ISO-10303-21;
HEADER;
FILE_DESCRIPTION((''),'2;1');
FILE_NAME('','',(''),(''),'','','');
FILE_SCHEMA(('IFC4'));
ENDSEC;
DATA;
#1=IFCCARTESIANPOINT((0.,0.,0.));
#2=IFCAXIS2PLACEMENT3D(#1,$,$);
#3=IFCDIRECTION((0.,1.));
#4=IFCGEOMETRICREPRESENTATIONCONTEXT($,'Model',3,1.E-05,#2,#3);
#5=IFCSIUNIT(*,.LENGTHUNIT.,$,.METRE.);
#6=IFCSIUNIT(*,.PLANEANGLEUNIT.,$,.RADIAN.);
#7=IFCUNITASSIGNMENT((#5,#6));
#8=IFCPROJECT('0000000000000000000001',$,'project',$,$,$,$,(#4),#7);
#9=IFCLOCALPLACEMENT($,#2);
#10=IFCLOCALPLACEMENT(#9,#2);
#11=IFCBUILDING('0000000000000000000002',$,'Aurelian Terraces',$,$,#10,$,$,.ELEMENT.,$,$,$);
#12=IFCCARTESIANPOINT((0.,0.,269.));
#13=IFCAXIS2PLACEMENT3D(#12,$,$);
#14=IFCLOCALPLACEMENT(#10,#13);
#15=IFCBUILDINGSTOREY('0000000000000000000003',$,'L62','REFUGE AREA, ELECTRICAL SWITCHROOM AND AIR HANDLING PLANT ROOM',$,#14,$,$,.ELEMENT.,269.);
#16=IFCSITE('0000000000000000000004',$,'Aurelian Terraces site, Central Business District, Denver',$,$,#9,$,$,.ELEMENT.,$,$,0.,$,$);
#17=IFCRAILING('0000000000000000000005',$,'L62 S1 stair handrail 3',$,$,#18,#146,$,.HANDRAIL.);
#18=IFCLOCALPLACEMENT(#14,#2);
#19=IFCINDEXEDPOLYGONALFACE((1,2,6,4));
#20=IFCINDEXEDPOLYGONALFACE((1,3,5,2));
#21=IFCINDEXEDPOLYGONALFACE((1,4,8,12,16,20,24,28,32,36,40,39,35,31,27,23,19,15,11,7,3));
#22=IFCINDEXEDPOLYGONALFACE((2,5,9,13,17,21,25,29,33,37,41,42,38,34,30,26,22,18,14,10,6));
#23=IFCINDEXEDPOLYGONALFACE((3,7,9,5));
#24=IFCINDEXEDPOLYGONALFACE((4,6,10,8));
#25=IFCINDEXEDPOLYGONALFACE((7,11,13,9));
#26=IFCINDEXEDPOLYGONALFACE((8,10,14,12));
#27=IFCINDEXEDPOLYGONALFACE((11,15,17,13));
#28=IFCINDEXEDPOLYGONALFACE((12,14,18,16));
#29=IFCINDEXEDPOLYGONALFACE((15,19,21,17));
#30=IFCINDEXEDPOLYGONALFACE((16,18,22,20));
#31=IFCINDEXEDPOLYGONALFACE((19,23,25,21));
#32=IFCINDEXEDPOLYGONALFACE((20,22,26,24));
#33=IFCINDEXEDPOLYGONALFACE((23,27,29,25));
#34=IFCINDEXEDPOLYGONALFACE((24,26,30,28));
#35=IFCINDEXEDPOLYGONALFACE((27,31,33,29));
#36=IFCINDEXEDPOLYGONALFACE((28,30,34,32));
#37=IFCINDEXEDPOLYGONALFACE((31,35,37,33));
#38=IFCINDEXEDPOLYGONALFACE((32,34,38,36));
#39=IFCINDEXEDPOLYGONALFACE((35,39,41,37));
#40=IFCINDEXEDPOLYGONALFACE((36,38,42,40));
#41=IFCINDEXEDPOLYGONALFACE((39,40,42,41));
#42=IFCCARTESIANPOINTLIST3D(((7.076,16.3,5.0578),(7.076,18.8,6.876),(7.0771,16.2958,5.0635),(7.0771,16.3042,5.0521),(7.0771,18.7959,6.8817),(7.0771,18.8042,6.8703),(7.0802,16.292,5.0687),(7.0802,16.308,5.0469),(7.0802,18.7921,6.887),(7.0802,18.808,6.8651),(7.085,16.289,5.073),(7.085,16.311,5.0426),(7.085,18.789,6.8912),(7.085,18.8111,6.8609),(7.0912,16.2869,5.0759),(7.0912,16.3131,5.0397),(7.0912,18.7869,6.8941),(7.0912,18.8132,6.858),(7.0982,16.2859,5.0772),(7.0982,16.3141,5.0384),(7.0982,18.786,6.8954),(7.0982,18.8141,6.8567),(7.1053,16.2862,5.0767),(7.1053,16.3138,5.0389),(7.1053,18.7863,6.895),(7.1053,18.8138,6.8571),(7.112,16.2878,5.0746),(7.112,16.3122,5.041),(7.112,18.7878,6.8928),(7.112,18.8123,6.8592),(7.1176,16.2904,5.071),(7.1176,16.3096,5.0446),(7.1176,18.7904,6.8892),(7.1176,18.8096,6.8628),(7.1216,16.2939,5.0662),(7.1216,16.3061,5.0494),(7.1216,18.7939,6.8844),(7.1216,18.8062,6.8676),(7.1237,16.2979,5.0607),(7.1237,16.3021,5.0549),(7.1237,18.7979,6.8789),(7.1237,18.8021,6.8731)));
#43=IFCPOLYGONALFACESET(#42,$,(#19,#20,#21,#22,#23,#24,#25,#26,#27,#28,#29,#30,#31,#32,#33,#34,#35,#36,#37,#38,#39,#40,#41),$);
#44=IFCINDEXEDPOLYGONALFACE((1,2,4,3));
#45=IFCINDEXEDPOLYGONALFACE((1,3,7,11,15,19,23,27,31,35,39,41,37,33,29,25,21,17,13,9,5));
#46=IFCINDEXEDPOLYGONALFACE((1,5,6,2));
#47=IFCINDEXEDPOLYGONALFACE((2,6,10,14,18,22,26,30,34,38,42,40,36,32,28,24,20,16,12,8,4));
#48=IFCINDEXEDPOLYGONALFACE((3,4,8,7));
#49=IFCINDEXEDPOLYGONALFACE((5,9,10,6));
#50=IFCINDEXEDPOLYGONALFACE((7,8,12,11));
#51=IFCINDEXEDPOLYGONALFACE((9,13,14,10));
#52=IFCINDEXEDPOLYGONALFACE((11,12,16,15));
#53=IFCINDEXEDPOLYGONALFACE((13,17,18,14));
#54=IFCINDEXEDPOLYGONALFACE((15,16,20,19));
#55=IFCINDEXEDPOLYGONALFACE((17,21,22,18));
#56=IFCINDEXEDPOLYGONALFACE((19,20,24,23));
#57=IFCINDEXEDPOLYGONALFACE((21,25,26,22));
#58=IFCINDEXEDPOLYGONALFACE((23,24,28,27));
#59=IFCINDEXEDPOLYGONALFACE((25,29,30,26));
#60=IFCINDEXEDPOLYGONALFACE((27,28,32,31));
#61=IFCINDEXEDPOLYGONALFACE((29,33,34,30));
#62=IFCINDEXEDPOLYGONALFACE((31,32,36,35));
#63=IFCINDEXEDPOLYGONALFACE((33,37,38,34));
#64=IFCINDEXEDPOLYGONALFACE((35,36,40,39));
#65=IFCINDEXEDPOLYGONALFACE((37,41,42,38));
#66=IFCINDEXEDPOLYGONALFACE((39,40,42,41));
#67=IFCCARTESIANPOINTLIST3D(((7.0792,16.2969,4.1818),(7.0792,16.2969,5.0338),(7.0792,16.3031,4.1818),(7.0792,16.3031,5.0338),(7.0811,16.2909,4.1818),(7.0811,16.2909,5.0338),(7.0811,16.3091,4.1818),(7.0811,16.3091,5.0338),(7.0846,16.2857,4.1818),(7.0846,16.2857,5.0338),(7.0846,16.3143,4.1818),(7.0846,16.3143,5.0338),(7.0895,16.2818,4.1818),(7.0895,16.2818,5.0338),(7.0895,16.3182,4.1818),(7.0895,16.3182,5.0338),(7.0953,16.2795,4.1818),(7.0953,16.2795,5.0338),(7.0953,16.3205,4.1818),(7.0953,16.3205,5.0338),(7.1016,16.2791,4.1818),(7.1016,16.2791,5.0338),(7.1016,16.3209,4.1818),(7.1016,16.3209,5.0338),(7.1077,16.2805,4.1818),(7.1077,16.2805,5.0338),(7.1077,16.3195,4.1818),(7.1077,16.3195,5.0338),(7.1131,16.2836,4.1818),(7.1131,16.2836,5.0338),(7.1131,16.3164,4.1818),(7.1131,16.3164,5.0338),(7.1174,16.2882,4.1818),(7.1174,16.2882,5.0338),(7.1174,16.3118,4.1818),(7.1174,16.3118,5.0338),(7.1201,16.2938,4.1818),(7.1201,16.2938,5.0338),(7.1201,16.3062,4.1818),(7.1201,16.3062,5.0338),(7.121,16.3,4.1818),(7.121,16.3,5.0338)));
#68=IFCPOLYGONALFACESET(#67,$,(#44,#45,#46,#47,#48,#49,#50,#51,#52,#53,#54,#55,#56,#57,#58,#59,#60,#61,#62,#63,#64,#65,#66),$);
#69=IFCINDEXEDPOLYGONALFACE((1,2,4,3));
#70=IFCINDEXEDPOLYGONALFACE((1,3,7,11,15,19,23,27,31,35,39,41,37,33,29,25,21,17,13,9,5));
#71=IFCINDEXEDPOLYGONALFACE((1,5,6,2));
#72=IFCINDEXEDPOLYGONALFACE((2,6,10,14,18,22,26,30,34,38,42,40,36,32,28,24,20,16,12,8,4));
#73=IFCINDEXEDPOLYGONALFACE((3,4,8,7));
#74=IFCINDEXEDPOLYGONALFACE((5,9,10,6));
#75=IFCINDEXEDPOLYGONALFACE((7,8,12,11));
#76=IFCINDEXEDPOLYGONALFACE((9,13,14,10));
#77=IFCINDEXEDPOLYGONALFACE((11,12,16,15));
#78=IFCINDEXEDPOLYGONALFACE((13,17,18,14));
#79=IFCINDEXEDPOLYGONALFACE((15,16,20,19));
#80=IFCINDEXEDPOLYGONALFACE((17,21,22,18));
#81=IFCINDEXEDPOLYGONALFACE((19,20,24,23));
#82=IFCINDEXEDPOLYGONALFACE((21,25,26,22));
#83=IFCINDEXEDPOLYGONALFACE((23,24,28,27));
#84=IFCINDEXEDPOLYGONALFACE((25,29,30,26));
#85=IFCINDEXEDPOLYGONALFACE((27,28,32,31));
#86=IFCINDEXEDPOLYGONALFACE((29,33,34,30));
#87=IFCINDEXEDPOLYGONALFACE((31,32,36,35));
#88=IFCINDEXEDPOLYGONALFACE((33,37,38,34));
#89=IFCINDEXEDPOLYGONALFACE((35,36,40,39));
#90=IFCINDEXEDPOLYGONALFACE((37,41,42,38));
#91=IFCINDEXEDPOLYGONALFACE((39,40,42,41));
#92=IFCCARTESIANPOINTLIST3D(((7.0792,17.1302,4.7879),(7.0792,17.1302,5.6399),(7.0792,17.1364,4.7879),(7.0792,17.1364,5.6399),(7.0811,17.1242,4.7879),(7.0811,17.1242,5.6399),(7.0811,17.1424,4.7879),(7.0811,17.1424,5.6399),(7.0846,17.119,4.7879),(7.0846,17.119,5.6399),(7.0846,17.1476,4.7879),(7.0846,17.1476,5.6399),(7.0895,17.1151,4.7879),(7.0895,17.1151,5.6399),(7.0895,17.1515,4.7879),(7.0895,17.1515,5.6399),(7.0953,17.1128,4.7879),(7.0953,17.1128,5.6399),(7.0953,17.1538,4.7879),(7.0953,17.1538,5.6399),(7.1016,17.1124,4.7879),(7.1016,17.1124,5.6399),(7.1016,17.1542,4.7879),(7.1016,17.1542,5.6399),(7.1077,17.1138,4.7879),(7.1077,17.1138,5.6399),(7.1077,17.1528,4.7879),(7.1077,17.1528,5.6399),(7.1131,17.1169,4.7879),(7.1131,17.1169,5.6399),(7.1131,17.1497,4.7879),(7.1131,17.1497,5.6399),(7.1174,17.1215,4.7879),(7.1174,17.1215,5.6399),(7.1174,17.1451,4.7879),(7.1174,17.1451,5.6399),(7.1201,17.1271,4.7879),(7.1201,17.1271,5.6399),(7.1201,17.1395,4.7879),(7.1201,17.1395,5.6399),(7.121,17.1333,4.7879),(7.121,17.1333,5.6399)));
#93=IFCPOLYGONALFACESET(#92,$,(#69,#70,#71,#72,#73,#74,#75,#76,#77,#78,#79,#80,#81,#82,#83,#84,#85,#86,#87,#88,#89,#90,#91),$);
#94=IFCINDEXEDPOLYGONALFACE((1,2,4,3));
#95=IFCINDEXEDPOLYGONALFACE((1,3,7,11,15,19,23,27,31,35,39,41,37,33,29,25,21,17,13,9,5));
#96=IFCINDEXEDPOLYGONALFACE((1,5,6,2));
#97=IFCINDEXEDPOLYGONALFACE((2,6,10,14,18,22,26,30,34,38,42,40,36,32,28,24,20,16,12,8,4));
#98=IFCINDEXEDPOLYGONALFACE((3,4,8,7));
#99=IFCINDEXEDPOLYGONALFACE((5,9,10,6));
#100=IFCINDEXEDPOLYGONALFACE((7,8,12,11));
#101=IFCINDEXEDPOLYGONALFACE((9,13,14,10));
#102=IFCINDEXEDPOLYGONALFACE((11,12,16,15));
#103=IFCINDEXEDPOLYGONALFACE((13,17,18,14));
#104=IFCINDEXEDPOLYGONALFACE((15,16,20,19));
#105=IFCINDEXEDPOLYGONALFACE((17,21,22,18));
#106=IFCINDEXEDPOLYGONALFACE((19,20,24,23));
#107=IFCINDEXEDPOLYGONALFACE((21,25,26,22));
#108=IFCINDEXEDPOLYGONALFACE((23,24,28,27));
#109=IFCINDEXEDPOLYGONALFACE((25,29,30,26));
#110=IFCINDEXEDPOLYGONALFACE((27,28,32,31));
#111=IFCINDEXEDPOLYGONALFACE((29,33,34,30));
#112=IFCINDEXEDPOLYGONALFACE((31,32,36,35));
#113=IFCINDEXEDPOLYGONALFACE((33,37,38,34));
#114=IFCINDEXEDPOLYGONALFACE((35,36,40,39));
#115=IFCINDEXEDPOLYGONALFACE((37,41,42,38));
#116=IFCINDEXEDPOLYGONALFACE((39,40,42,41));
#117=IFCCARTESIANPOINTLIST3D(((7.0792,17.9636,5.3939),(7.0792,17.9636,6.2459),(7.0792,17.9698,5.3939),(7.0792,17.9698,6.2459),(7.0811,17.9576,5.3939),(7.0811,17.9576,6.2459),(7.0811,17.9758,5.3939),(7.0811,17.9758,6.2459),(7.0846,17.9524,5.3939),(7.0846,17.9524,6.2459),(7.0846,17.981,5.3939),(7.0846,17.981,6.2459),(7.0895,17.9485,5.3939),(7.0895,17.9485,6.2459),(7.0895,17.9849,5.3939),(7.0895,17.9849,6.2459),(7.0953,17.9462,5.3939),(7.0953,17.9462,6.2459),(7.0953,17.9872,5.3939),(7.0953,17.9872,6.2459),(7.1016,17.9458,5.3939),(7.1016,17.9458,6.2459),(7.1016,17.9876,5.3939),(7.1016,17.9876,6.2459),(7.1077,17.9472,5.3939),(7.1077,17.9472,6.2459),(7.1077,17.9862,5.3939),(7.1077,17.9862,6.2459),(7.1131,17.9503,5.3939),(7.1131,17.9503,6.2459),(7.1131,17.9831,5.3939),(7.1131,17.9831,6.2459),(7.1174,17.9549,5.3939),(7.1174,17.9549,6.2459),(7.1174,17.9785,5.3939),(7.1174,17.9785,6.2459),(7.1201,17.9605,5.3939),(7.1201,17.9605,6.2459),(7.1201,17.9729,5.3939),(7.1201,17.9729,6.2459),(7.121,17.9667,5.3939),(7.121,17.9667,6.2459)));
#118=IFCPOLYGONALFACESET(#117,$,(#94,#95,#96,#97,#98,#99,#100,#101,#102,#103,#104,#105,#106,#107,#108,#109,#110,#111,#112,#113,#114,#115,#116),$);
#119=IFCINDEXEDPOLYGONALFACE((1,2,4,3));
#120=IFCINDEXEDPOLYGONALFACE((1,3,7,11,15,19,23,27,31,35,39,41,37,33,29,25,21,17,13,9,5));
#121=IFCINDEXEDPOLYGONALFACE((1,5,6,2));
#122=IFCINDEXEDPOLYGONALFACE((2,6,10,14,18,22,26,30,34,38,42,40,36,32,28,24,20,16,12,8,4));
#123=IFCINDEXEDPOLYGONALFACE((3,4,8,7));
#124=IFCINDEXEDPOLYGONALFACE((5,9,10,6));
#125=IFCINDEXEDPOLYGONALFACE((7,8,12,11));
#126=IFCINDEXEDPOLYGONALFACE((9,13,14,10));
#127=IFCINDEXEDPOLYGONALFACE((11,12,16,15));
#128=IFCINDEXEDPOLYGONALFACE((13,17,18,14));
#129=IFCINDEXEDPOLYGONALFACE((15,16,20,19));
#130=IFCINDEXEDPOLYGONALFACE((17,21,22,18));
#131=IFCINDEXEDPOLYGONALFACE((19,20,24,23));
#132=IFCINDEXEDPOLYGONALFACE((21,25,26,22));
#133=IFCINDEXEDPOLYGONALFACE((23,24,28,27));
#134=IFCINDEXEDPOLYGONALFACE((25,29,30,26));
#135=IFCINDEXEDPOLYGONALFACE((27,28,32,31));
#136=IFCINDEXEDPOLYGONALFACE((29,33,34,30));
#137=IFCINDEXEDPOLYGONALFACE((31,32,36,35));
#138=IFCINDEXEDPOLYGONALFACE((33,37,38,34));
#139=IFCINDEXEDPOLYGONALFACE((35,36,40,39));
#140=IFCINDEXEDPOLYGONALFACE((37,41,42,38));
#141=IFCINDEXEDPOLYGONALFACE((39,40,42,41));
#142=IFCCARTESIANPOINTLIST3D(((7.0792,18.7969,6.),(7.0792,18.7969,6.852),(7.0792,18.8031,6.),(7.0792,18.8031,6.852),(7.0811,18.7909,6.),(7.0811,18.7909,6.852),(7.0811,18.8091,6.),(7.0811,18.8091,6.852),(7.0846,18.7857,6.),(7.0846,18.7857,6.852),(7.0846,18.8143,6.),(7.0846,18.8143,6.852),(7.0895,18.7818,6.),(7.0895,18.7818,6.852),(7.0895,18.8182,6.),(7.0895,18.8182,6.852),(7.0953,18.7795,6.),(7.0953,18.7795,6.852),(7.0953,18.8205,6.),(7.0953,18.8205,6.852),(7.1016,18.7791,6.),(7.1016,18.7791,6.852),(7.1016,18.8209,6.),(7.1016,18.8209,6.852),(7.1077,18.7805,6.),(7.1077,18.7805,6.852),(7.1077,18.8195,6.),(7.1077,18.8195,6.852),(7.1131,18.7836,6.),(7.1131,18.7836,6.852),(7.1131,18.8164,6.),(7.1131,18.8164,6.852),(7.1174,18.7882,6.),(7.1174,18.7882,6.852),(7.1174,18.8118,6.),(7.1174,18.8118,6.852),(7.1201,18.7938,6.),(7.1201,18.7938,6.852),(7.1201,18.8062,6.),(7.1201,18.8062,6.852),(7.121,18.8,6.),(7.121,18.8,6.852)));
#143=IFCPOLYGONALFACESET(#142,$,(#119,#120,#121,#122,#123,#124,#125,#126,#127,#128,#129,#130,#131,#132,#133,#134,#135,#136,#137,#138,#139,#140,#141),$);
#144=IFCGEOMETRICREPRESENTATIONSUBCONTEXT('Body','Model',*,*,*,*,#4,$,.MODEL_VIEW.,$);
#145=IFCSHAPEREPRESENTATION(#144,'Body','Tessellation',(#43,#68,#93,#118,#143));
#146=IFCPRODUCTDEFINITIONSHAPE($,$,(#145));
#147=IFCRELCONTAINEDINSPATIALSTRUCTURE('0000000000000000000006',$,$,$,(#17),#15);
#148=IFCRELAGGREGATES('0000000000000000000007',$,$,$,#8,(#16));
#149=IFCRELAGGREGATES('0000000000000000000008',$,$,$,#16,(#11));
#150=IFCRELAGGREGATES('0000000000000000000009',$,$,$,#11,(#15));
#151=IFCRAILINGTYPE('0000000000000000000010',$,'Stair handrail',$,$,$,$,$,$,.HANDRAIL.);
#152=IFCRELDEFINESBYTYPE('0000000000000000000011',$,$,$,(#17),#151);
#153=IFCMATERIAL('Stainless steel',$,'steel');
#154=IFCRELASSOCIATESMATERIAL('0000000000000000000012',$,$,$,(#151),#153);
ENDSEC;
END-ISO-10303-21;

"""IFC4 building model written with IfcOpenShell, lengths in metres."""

from ifc_helpers import new_model, si_unit, direction, frame, origin, origin_2d, place, context, subcontext, project, spatial, circle, extrude, source, transform, mapped, material, type_object, element, save


model = new_model("IFC4")

# Units and contexts
model_context = context("Model", 3, precision=1e-05, world=origin(), true_north=direction((0.0, 1.0)))
body_context = subcontext(model_context, "Body", "Model", "MODEL_VIEW")
ifc_project = project(units=[si_unit("LENGTHUNIT", "METRE"), si_unit("PLANEANGLEUNIT", "RADIAN")], contexts=[model_context])

# Site, building, storey
site_placement = place(None, origin())
site = spatial("IfcSite", under=ifc_project, at=site_placement, Name="Aurelian Terraces site, Central Business District, Denver", CompositionType="ELEMENT", RefElevation=0.0)
building_placement = place(site_placement, origin())
building = spatial("IfcBuilding", under=site, at=building_placement, Name="Aurelian Terraces", CompositionType="ELEMENT")
storey_placement = place(building_placement, frame((0.0, 0.0, 269.0)))
storey = spatial("IfcBuildingStorey", under=building, at=storey_placement, Name="L62", Description="REFUGE AREA, ELECTRICAL SWITCHROOM AND AIR HANDLING PLANT ROOM", CompositionType="ELEMENT", Elevation=269.0)

# Railing
ifc_material_1 = material(Name="Stainless steel", Category="steel")
railing_type_1 = type_object("IfcRailingType", Name="Stair handrail", PredefinedType="HANDRAIL", material=ifc_material_1)
shared_shape_1 = source(origin(), body_context, "Body", "SweptSolid", [
    extrude(circle(Radius=0.024, at=origin_2d()), frame((0.0, 0.0, 0.876), z_axis=(0.0, 0.808733, 0.588176), x_axis=(-1.0, 0.0, 0.0)), (0.0, 0.0, 1.0), 3.0913),
    extrude(circle(Radius=0.021, at=origin_2d()), origin(), (0.0, 0.0, 1.0), 0.852),
    extrude(circle(Radius=0.021, at=origin_2d()), frame((0.0, 0.8333, 0.6061)), (0.0, 0.0, 1.0), 0.852),
    extrude(circle(Radius=0.021, at=origin_2d()), frame((0.0, 1.6667, 1.2121)), (0.0, 0.0, 1.0), 0.852),
    extrude(circle(Radius=0.021, at=origin_2d()), frame((0.0, 2.5, 1.8182)), (0.0, 0.0, 1.0), 0.852),
])
for number, where, name in (
    (1, (7.1, 16.3, 4.1818), "L62 S1 stair handrail 3"),
):
    element("IfcRailing", number, at=place(storey_placement, frame(where)), inside=storey, type_object=railing_type_1, Name=name, PredefinedType="HANDRAIL", context=body_context, shape_type="MappedRepresentation", body=[
        mapped(shared_shape_1, transform((0.0, 0.0, 0.0), scale=1.0)),
    ])

save(model, "model.ifc")
